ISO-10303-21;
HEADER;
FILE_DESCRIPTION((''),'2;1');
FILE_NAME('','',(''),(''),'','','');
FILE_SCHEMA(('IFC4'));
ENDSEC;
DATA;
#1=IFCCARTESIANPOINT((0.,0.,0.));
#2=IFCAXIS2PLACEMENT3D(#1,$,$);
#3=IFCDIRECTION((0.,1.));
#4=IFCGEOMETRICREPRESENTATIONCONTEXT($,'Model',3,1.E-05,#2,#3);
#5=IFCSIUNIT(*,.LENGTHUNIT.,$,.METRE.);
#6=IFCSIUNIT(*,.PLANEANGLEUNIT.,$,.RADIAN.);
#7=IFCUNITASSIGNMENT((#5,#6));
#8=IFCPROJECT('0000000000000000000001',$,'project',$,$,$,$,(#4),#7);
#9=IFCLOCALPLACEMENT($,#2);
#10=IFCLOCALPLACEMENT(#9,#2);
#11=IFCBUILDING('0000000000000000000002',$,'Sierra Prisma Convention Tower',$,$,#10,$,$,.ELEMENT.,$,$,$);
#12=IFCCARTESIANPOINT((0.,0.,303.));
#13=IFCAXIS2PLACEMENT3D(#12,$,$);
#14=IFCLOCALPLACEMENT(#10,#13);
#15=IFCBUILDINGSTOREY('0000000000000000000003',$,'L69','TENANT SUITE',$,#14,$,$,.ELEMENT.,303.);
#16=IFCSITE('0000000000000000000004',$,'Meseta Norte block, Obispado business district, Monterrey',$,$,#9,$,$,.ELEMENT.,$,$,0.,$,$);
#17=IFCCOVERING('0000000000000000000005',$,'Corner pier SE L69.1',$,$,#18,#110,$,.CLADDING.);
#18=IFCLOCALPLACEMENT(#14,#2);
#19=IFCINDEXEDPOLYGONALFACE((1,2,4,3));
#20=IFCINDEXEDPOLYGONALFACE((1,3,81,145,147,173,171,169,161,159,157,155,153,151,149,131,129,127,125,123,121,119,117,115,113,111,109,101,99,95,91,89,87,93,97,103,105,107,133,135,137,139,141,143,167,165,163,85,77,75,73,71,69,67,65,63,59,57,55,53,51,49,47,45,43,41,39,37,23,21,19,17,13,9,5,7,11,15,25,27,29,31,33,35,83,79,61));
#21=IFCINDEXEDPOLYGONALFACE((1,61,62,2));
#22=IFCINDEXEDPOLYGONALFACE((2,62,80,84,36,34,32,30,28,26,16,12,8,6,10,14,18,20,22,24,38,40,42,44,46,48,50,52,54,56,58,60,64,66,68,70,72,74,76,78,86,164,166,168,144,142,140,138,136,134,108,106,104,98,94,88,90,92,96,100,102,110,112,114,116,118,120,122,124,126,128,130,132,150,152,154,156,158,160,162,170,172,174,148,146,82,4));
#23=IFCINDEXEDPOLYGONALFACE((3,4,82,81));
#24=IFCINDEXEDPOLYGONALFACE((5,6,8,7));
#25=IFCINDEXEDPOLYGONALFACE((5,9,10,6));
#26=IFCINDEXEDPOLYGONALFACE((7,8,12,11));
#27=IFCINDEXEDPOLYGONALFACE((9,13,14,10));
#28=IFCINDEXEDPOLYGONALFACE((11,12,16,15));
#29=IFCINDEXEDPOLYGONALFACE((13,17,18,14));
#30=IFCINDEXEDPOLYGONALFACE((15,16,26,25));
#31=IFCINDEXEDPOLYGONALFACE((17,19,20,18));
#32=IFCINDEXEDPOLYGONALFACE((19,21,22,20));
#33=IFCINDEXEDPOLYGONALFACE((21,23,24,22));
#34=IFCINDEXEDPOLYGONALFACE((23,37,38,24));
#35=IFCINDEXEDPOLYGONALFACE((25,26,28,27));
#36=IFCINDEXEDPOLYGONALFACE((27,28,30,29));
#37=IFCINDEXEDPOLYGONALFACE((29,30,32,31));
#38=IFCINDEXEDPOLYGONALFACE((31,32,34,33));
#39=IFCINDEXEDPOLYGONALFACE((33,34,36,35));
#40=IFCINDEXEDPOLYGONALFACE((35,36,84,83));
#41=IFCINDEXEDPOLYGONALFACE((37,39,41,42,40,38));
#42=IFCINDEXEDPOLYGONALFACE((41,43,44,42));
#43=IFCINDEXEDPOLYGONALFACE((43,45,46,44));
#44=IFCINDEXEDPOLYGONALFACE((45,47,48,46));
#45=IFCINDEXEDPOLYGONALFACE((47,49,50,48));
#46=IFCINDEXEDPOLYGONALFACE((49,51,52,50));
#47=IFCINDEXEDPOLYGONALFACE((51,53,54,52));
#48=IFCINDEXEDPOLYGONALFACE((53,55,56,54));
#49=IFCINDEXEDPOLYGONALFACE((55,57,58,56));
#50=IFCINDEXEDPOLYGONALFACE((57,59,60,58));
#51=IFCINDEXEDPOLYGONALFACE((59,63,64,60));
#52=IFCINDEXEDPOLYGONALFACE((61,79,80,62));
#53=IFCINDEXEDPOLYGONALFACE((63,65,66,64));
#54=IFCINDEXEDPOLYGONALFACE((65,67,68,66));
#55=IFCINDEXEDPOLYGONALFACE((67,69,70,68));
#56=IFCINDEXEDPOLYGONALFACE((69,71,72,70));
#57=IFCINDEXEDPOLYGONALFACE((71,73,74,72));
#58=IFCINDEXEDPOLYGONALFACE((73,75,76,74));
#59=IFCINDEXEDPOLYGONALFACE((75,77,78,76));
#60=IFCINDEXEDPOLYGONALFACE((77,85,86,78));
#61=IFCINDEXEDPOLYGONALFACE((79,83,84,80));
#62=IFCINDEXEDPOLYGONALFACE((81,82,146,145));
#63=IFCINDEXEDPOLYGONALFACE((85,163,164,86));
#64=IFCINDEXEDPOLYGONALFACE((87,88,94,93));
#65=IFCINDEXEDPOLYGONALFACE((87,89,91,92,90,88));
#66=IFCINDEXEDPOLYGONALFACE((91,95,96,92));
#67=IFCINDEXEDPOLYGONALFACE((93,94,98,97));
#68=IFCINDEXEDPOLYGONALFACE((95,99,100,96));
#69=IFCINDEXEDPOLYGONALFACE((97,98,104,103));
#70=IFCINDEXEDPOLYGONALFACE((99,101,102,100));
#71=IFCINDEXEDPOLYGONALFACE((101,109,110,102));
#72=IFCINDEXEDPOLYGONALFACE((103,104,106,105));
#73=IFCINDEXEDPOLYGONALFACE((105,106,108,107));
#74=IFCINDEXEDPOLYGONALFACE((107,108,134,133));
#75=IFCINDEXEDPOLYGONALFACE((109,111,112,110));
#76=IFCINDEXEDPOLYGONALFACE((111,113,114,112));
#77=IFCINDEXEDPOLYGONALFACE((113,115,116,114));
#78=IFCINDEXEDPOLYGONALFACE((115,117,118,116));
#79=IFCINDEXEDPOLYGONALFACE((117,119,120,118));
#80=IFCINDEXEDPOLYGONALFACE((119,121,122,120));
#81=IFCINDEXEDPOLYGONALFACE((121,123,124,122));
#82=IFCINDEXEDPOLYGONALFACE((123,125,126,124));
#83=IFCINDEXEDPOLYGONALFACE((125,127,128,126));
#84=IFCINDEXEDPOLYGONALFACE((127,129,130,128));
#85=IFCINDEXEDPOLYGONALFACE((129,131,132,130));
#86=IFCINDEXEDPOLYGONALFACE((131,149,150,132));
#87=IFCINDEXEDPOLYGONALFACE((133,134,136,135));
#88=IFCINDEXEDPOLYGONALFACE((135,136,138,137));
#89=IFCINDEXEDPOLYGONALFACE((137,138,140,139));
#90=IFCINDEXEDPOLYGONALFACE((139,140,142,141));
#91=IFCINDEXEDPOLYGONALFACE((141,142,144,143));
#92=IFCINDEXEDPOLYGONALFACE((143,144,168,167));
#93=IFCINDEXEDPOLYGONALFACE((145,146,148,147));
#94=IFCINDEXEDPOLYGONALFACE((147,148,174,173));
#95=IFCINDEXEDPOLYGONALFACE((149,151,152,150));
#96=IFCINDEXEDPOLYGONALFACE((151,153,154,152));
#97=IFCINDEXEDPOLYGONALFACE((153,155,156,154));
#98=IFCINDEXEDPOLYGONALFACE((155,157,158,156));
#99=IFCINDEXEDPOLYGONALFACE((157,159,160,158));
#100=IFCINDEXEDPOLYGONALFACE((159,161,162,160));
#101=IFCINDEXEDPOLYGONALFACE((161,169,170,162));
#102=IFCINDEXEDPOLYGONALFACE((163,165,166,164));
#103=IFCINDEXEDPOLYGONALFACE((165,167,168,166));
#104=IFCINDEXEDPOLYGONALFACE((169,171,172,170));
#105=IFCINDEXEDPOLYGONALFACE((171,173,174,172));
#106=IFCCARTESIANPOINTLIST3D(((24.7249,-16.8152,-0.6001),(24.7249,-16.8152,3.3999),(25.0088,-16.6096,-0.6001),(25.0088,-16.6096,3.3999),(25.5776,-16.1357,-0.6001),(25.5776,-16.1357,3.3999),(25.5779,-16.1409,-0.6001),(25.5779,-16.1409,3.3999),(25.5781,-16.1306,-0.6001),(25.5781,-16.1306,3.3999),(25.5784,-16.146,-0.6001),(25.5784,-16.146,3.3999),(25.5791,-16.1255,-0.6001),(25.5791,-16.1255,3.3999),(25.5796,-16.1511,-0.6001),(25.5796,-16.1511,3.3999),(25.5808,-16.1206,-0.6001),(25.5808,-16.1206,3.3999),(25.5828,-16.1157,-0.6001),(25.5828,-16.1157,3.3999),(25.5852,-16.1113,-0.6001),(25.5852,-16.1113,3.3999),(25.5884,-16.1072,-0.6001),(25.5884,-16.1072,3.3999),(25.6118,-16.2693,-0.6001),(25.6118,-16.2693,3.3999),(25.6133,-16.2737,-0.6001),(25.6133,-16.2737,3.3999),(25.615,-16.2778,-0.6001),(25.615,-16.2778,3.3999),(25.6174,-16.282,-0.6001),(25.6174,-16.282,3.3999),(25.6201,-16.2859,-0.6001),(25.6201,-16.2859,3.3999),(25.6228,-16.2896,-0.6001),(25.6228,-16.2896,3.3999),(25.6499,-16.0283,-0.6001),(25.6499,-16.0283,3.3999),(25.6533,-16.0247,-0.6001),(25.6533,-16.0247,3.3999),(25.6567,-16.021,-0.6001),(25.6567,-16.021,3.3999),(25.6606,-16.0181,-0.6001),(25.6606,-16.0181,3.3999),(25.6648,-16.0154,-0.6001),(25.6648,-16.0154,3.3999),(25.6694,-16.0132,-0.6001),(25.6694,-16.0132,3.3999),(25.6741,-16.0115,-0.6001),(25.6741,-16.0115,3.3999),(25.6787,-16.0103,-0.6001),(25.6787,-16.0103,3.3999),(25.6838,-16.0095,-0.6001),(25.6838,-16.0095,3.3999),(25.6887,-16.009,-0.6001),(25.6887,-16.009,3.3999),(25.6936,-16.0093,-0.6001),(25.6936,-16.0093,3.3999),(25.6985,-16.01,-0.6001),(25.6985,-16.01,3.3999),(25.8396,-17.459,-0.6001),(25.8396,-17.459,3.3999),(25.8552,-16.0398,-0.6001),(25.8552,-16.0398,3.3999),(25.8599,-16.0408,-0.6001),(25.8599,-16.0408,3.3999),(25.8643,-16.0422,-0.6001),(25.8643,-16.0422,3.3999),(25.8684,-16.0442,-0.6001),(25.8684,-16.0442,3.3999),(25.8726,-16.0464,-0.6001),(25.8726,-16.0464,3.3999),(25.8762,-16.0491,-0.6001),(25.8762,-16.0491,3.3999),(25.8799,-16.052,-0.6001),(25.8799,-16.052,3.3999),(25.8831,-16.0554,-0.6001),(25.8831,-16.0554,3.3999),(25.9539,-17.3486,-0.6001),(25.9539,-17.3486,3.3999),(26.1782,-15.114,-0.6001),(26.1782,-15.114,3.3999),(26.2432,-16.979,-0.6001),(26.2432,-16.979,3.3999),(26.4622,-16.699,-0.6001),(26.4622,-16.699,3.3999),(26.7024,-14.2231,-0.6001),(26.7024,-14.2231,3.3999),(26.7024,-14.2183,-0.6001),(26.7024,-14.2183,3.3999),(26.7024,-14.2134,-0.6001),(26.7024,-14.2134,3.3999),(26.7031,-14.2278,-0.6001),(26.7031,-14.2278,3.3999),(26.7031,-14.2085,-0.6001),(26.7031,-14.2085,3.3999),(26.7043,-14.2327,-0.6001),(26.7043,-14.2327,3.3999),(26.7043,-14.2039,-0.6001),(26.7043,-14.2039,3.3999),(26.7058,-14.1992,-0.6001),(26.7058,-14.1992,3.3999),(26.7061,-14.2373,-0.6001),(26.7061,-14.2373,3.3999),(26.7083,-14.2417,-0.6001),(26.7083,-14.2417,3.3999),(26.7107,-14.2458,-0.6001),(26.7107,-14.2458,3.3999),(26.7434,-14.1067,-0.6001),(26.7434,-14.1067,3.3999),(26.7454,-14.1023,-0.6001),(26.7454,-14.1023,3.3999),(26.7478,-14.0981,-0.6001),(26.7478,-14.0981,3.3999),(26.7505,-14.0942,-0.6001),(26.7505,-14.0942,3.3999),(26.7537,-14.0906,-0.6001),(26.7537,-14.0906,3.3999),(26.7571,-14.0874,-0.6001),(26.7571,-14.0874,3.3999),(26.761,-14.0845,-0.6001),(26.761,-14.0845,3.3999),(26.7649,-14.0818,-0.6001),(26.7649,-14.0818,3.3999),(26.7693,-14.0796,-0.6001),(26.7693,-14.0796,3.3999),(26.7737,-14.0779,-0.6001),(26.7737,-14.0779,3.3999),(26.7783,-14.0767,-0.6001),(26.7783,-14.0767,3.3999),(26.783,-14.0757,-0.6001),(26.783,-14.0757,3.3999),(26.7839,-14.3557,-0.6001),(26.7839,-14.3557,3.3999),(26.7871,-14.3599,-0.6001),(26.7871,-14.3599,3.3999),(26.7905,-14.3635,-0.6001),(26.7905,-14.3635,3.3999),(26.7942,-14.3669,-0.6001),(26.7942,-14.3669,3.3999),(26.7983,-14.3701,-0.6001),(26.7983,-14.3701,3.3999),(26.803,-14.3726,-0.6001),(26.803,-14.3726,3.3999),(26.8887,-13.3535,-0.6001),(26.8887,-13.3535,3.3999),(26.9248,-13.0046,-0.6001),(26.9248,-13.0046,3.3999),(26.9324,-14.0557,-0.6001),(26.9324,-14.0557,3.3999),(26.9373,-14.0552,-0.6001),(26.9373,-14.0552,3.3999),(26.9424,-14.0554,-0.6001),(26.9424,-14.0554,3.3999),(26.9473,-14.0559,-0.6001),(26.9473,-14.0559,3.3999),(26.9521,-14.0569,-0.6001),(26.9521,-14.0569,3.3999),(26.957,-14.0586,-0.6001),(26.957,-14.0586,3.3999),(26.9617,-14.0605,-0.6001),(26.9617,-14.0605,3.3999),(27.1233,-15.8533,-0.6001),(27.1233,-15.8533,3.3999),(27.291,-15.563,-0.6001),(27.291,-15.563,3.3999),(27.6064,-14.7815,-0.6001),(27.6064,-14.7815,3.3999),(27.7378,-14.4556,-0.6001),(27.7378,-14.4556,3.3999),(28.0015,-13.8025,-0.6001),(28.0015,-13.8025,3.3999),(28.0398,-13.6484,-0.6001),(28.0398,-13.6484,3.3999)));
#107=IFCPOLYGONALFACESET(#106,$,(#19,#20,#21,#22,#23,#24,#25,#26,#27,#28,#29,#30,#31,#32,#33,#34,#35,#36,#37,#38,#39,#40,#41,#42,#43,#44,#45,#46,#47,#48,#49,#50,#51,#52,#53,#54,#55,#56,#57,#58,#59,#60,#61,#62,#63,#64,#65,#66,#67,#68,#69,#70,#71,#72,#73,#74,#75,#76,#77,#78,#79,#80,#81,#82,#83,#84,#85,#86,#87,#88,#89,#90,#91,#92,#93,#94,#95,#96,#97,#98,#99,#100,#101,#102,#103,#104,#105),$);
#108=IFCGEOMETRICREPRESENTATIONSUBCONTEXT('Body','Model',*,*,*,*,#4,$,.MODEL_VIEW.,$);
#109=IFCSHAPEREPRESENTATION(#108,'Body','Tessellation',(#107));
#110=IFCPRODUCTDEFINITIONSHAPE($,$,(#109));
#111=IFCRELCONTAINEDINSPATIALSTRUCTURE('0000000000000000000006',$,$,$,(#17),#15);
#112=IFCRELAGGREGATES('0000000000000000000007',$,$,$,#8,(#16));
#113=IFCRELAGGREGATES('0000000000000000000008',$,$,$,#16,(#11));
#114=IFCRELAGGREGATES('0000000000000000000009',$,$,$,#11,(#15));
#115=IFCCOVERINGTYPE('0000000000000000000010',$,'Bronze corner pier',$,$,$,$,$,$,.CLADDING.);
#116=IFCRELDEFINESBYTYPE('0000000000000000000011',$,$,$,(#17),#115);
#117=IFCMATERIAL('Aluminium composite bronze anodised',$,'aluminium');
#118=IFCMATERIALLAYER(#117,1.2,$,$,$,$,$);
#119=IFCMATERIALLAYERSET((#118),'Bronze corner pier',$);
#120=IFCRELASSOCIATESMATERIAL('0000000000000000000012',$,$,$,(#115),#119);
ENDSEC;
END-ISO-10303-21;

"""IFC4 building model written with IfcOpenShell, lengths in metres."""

from ifc_helpers import new_model, si_unit, direction, frame, origin, place, context, subcontext, project, spatial, polyline, outline, extrude, material, layer, layer_set, type_object, element, save


model = new_model("IFC4")

# Units and contexts
model_context = context("Model", 3, precision=1e-05, world=origin(), true_north=direction((0.0, 1.0)))
body_context = subcontext(model_context, "Body", "Model", "MODEL_VIEW")
ifc_project = project(units=[si_unit("LENGTHUNIT", "METRE"), si_unit("PLANEANGLEUNIT", "RADIAN")], contexts=[model_context])

# Site, building, storey
site_placement = place(None, origin())
site = spatial("IfcSite", under=ifc_project, at=site_placement, Name="Meseta Norte block, Obispado business district, Monterrey", CompositionType="ELEMENT", RefElevation=0.0)
building_placement = place(site_placement, origin())
building = spatial("IfcBuilding", under=site, at=building_placement, Name="Sierra Prisma Convention Tower", CompositionType="ELEMENT")
storey_placement = place(building_placement, frame((0.0, 0.0, 303.0)))
storey = spatial("IfcBuildingStorey", under=building, at=storey_placement, Name="L69", Description="TENANT SUITE", CompositionType="ELEMENT", Elevation=303.0)

# Covering
ifc_material_1 = material(Name="Aluminium composite bronze anodised", Category="aluminium")
ifc_layer_1 = layer(ifc_material_1, 1.2)
ifc_layer_set_1 = layer_set([ifc_layer_1], Name="Bronze corner pier")
covering_type_1 = type_object("IfcCoveringType", Name="Bronze corner pier", PredefinedType="CLADDING", material=ifc_layer_set_1)
covering_1_placement = place(storey_placement, frame((0.0, 0.0, -0.6001)))
element("IfcCovering", 1, at=covering_1_placement, inside=storey, type_object=covering_type_1, Name="Corner pier SE L69.1", PredefinedType="CLADDING", context=body_context, shape_type="SweptSolid", body=[
    extrude(outline(polyline([(26.7571, -14.0874), (26.7537, -14.0906), (26.7505, -14.0942), (26.7478, -14.0981), (26.7454, -14.1023), (26.7434, -14.1067), (26.7058, -14.1992), (26.7043, -14.2039), (26.7031, -14.2085), (26.7024, -14.2134), (26.7024, -14.2183), (26.7024, -14.2231), (26.7031, -14.2278), (26.7043, -14.2327), (26.7061, -14.2373), (26.7083, -14.2417), (26.7107, -14.2458), (26.7839, -14.3557), (26.7871, -14.3599), (26.7905, -14.3635), (26.7942, -14.3669), (26.7983, -14.3701), (26.803, -14.3726), (27.6064, -14.7815), (27.291, -15.563), (27.1233, -15.8533), (26.4622, -16.699), (25.8831, -16.0554), (25.8799, -16.052), (25.8762, -16.0491), (25.8726, -16.0464), (25.8684, -16.0442), (25.8643, -16.0422), (25.8599, -16.0408), (25.8552, -16.0398), (25.6985, -16.01), (25.6936, -16.0093), (25.6887, -16.009), (25.6838, -16.0095), (25.6787, -16.0103), (25.6741, -16.0115), (25.6694, -16.0132), (25.6648, -16.0154), (25.6606, -16.0181), (25.6567, -16.021), (25.6533, -16.0247), (25.6499, -16.0283), (25.5884, -16.1072), (25.5852, -16.1113), (25.5828, -16.1157), (25.5808, -16.1206), (25.5791, -16.1255), (25.5781, -16.1306), (25.5776, -16.1357), (25.5779, -16.1409), (25.5784, -16.146), (25.5796, -16.1511), (25.6118, -16.2693), (25.6133, -16.2737), (25.615, -16.2778), (25.6174, -16.282), (25.6201, -16.2859), (25.6228, -16.2896), (26.2432, -16.979), (25.9539, -17.3486), (25.8396, -17.459), (24.7249, -16.8152), (25.0088, -16.6096), (26.1782, -15.114), (26.8887, -13.3535), (26.9248, -13.0046), (28.0398, -13.6484), (28.0015, -13.8025), (27.7378, -14.4556), (26.9617, -14.0605), (26.957, -14.0586), (26.9521, -14.0569), (26.9473, -14.0559), (26.9424, -14.0554), (26.9373, -14.0552), (26.9324, -14.0557), (26.783, -14.0757), (26.7783, -14.0767), (26.7737, -14.0779), (26.7693, -14.0796), (26.7649, -14.0818), (26.761, -14.0845), (26.7571, -14.0874)])), origin(), (0.0, 0.0, 1.0), 4.0),
])

save(model, "model.ifc")
